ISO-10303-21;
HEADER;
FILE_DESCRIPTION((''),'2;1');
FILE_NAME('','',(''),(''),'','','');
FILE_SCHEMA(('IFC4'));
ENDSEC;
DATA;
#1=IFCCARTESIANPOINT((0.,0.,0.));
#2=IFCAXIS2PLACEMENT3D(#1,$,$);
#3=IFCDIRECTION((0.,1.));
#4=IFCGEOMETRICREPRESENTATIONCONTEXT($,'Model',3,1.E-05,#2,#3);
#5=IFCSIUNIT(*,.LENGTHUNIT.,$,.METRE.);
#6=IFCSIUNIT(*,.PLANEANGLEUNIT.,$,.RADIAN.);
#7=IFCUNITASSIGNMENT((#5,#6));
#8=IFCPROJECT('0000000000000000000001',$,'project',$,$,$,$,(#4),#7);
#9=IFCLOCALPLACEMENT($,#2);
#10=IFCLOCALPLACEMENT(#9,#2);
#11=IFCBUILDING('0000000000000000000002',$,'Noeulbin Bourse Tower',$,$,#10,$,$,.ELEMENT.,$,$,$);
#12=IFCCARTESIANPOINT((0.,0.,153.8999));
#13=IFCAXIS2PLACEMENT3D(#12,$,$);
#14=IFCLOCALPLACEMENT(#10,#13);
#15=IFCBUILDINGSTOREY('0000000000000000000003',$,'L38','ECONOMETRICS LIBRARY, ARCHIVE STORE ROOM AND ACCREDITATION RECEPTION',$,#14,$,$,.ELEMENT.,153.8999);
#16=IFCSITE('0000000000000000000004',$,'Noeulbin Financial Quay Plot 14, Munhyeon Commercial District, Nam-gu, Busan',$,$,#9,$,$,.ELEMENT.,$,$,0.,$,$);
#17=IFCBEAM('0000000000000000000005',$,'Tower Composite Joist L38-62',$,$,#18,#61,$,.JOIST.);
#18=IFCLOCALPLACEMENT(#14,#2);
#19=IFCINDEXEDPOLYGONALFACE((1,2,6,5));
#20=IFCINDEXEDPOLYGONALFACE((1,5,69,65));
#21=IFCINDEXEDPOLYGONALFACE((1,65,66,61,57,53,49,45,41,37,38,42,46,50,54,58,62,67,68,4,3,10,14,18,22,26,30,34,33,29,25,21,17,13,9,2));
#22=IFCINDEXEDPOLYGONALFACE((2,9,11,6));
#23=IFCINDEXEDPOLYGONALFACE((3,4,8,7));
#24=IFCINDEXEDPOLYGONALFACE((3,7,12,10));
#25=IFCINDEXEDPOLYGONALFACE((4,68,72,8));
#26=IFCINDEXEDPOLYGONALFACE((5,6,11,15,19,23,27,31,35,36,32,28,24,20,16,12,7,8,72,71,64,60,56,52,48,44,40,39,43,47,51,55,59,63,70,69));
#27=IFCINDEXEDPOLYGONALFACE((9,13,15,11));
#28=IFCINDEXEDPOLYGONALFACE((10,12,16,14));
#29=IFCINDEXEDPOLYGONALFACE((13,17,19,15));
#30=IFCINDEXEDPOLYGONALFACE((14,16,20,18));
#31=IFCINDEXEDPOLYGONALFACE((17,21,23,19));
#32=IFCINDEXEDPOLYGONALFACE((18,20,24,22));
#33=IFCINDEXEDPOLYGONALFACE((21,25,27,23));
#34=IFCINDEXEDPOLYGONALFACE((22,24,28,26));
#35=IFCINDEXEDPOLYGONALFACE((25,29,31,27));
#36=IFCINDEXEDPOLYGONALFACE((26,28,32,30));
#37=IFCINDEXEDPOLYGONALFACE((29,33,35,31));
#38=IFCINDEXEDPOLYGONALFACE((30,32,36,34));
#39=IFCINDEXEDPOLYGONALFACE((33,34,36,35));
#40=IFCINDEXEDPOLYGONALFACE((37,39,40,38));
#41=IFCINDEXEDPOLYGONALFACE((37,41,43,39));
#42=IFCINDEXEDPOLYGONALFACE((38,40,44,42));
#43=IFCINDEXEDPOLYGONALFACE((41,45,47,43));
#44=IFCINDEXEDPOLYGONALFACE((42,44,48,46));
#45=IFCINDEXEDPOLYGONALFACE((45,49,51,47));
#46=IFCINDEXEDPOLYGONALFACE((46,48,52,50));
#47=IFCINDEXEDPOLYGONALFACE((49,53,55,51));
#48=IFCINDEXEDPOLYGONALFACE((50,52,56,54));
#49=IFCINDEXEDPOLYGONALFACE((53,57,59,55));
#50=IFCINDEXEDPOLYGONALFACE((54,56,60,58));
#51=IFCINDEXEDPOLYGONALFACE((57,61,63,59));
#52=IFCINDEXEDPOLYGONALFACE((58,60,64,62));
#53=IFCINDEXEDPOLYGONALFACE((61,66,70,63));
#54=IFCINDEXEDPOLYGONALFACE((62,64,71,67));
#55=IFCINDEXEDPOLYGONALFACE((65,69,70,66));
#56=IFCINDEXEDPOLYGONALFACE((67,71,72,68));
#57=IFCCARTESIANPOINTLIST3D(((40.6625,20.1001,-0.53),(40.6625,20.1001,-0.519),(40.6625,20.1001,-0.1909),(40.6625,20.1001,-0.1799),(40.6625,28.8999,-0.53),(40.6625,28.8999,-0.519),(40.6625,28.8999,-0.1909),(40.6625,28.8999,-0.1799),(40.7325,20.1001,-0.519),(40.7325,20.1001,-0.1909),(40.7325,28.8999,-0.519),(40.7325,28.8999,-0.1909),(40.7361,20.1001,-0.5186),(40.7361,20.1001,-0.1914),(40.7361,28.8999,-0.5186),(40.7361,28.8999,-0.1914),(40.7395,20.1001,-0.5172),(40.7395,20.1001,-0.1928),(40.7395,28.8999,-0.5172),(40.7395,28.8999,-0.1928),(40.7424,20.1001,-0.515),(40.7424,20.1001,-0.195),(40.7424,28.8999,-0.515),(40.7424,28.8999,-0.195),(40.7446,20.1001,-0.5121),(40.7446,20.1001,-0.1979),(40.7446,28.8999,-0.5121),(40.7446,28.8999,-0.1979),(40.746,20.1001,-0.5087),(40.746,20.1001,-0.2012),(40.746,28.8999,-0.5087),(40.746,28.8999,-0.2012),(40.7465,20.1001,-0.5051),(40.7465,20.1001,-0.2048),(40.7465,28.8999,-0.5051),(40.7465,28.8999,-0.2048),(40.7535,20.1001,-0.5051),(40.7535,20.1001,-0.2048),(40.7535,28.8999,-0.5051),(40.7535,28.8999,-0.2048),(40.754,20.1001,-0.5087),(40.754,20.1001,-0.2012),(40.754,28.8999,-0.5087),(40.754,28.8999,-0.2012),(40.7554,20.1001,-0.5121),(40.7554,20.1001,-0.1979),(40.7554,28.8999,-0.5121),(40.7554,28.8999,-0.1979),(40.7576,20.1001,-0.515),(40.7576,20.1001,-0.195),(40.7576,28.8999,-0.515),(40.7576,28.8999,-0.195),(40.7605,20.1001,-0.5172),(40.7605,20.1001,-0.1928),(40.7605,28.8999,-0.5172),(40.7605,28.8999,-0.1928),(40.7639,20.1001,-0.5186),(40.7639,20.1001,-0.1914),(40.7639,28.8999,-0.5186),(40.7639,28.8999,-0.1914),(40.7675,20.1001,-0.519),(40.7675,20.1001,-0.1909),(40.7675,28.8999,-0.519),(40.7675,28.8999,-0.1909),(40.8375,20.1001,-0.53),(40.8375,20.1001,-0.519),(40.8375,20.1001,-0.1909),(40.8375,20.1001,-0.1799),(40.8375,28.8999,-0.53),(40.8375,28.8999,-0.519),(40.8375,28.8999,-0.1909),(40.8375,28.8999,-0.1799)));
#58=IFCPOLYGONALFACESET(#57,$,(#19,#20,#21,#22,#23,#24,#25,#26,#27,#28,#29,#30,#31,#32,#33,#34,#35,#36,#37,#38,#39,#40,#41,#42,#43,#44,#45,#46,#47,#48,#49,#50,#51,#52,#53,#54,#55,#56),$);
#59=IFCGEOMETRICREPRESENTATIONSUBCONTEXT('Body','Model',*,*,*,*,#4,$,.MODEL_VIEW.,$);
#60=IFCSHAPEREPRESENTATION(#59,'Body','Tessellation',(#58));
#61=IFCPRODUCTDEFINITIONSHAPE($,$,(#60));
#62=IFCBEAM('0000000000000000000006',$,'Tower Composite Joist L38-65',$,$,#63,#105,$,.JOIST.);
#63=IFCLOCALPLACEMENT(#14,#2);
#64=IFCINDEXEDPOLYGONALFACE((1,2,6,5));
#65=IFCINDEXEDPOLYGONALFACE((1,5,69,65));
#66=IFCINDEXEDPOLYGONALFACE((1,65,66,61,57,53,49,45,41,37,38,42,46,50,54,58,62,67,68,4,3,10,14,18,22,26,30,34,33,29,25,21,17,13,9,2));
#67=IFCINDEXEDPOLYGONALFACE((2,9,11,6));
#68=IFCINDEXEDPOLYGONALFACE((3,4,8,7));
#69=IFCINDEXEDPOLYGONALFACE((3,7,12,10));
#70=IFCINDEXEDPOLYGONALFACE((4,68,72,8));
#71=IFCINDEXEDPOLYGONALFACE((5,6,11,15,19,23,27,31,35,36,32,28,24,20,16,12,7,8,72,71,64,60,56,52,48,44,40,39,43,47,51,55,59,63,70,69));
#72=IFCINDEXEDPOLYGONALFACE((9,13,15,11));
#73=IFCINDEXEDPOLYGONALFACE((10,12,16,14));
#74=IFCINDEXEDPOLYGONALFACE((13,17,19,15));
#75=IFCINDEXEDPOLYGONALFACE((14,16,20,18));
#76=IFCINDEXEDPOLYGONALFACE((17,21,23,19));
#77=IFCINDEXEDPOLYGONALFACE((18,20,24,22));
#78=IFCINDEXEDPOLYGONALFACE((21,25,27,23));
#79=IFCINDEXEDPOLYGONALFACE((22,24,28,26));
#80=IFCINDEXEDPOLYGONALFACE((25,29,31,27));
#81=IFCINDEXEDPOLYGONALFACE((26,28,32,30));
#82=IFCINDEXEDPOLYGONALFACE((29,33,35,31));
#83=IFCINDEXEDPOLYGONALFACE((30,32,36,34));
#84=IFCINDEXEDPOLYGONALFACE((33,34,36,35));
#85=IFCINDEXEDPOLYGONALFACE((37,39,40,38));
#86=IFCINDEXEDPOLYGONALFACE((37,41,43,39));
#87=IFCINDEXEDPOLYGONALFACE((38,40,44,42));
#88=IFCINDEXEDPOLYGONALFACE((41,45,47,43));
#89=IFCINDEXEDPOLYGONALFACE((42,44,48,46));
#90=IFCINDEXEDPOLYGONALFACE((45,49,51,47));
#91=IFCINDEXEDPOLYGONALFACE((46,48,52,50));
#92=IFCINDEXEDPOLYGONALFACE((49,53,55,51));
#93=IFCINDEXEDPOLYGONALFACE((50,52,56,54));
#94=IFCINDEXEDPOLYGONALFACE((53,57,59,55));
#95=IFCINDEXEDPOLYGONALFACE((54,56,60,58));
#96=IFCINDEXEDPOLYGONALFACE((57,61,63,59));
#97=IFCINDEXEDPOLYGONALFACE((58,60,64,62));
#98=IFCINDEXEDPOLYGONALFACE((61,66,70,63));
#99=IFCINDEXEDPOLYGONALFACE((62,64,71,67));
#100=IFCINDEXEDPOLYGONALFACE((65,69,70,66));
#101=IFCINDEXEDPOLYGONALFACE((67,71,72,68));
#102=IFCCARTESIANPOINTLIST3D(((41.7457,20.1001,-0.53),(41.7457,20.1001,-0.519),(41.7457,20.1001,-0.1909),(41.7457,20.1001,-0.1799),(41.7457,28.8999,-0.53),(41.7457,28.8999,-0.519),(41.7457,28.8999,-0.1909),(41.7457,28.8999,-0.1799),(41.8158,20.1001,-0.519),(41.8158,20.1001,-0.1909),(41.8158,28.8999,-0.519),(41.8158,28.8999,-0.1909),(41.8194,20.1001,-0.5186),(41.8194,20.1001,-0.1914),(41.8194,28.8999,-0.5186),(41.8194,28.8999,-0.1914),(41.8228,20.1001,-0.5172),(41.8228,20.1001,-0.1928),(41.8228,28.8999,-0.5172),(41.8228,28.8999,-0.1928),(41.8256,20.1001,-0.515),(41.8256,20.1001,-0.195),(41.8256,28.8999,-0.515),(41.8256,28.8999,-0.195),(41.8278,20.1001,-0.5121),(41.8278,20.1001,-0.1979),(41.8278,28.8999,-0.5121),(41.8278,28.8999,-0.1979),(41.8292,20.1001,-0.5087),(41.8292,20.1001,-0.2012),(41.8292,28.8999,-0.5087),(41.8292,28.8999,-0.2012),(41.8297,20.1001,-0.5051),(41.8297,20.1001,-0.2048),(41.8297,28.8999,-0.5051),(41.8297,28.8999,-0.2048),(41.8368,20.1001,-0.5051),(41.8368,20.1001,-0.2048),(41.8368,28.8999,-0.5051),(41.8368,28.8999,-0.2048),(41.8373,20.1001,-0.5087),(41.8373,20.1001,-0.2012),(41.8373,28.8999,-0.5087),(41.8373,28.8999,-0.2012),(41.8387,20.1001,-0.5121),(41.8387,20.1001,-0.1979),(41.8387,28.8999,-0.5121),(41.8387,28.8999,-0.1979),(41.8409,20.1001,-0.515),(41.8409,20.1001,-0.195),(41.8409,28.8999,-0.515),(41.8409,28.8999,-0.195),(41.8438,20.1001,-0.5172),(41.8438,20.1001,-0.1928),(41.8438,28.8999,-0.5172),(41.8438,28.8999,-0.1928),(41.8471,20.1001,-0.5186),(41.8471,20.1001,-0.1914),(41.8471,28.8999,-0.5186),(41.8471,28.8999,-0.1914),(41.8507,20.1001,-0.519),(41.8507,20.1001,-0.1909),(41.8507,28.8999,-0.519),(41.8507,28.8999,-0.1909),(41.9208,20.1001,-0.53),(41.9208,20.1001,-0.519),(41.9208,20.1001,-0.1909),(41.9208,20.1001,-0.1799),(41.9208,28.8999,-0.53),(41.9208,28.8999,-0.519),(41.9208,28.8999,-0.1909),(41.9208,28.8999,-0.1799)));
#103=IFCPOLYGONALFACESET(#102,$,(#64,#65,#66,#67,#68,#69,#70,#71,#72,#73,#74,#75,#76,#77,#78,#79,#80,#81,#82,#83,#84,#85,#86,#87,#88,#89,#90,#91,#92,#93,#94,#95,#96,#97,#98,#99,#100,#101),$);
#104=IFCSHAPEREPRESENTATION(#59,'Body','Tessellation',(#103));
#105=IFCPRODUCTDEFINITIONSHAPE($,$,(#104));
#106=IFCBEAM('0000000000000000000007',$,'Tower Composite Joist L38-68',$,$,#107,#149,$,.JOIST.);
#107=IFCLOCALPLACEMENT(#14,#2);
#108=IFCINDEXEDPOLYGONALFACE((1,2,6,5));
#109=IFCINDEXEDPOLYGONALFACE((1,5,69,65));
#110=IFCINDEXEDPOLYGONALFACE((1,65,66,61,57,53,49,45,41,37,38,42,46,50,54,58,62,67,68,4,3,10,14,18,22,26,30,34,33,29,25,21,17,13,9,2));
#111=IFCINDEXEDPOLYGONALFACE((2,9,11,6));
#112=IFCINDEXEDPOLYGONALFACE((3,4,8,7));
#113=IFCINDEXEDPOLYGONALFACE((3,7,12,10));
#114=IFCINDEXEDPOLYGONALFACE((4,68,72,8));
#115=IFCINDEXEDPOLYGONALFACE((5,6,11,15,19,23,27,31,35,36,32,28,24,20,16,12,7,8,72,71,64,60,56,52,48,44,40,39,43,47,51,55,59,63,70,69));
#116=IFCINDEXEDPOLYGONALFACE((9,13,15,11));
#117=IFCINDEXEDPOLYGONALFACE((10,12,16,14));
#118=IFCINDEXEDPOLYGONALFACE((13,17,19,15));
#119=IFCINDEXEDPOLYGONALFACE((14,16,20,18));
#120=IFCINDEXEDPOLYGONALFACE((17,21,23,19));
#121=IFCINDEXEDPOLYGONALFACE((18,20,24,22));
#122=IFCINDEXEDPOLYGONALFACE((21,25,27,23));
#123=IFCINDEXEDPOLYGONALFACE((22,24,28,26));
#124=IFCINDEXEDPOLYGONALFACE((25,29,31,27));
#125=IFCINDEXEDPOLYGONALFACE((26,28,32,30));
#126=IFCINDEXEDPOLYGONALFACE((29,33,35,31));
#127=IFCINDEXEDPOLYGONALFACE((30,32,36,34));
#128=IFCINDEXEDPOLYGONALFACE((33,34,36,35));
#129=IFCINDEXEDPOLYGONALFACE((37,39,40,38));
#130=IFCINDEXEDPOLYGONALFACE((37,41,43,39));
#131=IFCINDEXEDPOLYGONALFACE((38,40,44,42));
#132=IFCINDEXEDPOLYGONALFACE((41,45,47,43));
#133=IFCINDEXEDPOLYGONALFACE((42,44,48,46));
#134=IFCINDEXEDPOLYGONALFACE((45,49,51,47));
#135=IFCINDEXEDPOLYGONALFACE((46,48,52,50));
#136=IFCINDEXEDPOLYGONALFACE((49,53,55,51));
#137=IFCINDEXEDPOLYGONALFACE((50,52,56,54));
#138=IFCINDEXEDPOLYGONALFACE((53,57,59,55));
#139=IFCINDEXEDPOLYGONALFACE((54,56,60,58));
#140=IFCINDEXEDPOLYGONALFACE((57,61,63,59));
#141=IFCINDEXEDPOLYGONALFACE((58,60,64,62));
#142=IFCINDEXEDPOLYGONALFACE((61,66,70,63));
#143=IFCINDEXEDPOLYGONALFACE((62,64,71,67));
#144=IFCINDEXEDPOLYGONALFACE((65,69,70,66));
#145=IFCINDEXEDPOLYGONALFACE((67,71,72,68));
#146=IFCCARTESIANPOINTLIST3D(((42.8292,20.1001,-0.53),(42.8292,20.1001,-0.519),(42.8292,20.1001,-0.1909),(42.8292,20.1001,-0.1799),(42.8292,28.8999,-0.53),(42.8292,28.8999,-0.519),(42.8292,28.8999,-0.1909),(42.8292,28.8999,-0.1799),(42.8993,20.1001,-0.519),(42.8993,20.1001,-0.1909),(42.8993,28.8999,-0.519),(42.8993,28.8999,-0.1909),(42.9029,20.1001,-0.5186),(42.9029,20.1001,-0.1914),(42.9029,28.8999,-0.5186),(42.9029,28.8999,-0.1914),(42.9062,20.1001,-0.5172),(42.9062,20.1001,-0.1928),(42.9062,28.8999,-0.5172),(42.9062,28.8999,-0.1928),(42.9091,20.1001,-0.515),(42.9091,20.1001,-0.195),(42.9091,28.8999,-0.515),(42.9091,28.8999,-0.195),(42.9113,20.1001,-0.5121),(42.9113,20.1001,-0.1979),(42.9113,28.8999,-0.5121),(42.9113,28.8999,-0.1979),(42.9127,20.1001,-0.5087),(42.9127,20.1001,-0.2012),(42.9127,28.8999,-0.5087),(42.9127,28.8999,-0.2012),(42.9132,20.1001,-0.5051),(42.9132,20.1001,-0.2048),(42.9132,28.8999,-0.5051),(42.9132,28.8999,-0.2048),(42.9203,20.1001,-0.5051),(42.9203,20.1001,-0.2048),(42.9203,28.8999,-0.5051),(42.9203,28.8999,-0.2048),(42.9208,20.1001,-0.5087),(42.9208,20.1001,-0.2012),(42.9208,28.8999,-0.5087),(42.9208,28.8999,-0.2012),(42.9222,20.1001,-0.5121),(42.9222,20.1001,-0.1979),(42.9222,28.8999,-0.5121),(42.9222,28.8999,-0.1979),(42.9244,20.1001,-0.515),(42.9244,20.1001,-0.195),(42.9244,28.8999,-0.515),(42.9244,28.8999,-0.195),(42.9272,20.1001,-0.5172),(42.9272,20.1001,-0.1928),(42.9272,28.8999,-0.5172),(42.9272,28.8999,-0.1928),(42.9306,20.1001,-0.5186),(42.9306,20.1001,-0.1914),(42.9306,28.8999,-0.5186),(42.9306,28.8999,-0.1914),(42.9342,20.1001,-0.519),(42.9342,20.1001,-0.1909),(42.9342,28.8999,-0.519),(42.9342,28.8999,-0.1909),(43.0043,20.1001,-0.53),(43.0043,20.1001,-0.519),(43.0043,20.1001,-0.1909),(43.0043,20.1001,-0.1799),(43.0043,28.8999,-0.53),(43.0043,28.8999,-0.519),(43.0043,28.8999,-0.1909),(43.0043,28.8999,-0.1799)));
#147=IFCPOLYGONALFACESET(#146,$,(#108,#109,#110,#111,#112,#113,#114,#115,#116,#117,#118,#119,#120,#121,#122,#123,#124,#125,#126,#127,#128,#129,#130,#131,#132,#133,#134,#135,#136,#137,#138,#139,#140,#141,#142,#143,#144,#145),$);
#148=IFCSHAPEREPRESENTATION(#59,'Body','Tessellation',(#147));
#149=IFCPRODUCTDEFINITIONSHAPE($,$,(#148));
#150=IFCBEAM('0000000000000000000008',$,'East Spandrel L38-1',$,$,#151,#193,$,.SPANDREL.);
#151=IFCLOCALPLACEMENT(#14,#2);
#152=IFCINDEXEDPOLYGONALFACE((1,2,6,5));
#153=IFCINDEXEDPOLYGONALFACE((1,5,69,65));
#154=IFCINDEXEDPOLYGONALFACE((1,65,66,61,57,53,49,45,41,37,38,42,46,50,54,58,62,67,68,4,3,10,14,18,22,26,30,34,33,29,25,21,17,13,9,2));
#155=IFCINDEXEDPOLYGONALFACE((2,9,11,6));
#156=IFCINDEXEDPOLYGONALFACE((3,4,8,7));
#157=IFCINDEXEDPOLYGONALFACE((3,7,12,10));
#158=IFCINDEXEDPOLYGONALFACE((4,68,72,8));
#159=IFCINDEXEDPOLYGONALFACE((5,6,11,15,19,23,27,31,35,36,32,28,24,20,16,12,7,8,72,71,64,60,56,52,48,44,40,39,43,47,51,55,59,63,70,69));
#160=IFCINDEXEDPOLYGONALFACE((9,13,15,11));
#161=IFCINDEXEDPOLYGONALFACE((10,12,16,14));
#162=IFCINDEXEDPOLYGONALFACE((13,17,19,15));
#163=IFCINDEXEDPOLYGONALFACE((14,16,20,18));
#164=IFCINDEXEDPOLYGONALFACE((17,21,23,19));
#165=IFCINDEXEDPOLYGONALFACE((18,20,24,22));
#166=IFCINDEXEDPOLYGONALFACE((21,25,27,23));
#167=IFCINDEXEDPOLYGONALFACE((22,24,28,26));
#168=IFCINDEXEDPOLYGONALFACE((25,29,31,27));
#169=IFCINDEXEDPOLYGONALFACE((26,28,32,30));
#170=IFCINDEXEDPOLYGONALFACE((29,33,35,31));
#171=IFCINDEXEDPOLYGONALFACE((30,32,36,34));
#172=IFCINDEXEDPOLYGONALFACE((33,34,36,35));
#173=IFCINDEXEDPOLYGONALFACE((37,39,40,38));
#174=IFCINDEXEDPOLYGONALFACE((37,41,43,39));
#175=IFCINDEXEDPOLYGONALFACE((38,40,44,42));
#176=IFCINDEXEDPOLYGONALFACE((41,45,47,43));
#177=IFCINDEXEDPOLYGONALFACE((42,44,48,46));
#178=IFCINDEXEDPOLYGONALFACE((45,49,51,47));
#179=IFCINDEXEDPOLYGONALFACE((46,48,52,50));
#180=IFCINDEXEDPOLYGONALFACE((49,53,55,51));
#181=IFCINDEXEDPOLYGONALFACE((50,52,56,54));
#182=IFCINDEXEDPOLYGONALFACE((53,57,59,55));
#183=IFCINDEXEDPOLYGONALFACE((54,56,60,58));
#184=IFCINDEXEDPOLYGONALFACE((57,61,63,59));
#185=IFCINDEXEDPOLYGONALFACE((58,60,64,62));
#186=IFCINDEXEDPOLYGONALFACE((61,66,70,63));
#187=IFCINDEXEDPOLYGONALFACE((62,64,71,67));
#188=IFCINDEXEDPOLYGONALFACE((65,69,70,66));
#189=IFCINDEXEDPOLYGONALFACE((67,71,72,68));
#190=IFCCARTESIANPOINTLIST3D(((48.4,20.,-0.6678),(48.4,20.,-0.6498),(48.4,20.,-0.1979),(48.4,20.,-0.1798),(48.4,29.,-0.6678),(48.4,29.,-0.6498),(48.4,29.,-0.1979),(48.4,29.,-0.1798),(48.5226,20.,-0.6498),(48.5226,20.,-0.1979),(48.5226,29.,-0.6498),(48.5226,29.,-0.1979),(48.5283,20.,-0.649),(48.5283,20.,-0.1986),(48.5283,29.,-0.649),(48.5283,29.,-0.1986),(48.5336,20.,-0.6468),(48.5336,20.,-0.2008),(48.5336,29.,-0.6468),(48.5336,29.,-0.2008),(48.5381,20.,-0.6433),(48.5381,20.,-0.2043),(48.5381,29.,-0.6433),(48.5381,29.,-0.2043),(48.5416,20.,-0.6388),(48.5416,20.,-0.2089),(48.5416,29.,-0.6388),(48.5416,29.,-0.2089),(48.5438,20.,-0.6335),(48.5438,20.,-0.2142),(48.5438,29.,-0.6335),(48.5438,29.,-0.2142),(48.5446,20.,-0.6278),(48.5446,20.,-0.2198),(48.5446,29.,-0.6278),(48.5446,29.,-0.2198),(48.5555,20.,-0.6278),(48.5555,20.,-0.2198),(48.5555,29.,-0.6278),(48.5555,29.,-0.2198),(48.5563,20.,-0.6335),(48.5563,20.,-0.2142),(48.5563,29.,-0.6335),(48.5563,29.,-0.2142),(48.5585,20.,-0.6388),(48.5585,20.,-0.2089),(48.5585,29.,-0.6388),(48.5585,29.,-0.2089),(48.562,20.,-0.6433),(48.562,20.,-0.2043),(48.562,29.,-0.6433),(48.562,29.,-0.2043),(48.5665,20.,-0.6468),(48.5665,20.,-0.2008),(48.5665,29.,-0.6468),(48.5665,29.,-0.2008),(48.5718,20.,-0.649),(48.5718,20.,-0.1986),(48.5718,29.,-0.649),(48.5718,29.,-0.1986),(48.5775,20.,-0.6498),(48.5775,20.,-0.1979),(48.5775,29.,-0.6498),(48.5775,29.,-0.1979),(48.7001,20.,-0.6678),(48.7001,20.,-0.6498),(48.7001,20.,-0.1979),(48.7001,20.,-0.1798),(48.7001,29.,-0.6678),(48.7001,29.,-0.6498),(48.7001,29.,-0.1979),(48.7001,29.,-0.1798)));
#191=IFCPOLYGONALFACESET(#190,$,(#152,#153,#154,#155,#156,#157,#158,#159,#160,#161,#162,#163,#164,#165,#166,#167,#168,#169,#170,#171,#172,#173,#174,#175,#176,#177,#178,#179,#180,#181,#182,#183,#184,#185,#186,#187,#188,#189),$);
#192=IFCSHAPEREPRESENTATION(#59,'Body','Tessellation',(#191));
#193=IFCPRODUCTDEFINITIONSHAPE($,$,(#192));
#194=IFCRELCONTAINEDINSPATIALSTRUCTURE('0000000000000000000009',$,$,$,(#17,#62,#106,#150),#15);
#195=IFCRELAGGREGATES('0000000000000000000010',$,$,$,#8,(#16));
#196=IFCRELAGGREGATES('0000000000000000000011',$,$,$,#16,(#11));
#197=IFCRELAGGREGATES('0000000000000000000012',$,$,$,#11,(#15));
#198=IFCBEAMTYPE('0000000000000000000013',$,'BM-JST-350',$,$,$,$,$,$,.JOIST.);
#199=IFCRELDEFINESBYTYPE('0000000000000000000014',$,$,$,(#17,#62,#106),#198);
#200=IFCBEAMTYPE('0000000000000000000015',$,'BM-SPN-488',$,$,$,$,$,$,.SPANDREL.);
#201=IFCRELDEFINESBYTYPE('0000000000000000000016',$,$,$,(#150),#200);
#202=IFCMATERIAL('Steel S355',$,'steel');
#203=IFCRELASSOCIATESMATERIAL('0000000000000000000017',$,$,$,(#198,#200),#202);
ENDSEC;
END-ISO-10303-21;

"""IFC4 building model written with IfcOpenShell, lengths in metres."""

from ifc_helpers import new_model, si_unit, direction, frame, origin, origin_2d, place, context, subcontext, project, spatial, i_section, extrude, material, material_profile, profile_set, type_object, element, save


model = new_model("IFC4")

# Units and contexts
model_context = context("Model", 3, precision=1e-05, world=origin(), true_north=direction((0.0, 1.0)))
body_context = subcontext(model_context, "Body", "Model", "MODEL_VIEW")
ifc_project = project(units=[si_unit("LENGTHUNIT", "METRE"), si_unit("PLANEANGLEUNIT", "RADIAN")], contexts=[model_context])

# Site, building, storey
site_placement = place(None, origin())
site = spatial("IfcSite", under=ifc_project, at=site_placement, Name="Noeulbin Financial Quay Plot 14, Munhyeon Commercial District, Nam-gu, Busan", CompositionType="ELEMENT", RefElevation=0.0)
building_placement = place(site_placement, origin())
building = spatial("IfcBuilding", under=site, at=building_placement, Name="Noeulbin Bourse Tower", CompositionType="ELEMENT")
storey_placement = place(building_placement, frame((0.0, 0.0, 153.8999)))
storey = spatial("IfcBuildingStorey", under=building, at=storey_placement, Name="L38", Description="ECONOMETRICS LIBRARY, ARCHIVE STORE ROOM AND ACCREDITATION RECEPTION", CompositionType="ELEMENT", Elevation=153.8999)

# Shared definitions
ifc_material_1 = material(Name="Steel S355", Category="steel")

# Beams
ifc_material_profile_1 = material_profile(ifc_material_1, i_section(OverallWidth=0.175, OverallDepth=0.3501, WebThickness=0.0071, FlangeThickness=0.011, FilletRadius=0.0139, at=origin_2d()), Name="H-350x175x7x11", Category="LoadBearing")
ifc_profile_set_1 = profile_set([ifc_material_profile_1], Name="Steel S355")
beam_type_1 = type_object("IfcBeamType", Name="BM-JST-350", PredefinedType="JOIST", material=ifc_profile_set_1)
for number, where, z_axis, x_axis, name in (
    (1, (40.75, 20.1001, -0.355), (0.0, 1.0, 0.0), (-1.0, 0.0, 0.0), "Tower Composite Joist L38-62"),
    (2, (41.8333, 20.1001, -0.355), (0.0, 1.0, 0.0), (-1.0, 0.0, 0.0), "Tower Composite Joist L38-65"),
    (3, (42.9167, 20.1001, -0.355), (0.0, 1.0, 0.0), (-1.0, 0.0, 0.0), "Tower Composite Joist L38-68"),
):
    element("IfcBeam", number, at=place(storey_placement, frame(where, z_axis=z_axis, x_axis=x_axis)), inside=storey, type_object=beam_type_1, Name=name, PredefinedType="JOIST", context=body_context, shape_type="SweptSolid", body=[
        extrude(i_section(OverallWidth=0.175, OverallDepth=0.3501, WebThickness=0.0071, FlangeThickness=0.011, FilletRadius=0.0139, at=origin_2d()), origin(), (0.0, 0.0, 1.0), 8.7998),
    ])
ifc_material_profile_2 = material_profile(ifc_material_1, i_section(OverallWidth=0.3, OverallDepth=0.488, WebThickness=0.011, FlangeThickness=0.0181, FilletRadius=0.022, at=origin_2d()), Name="H-488x300x11x18", Category="LoadBearing")
ifc_profile_set_2 = profile_set([ifc_material_profile_2], Name="Steel S355")
beam_type_2 = type_object("IfcBeamType", Name="BM-SPN-488", PredefinedType="SPANDREL", material=ifc_profile_set_2)
beam_1_placement = place(storey_placement, frame((48.55, 20.0, -0.4238), z_axis=(0.0, 1.0, 0.0), x_axis=(-1.0, 0.0, 0.0)))
element("IfcBeam", 4, at=beam_1_placement, inside=storey, type_object=beam_type_2, Name="East Spandrel L38-1", PredefinedType="SPANDREL", context=body_context, shape_type="SweptSolid", body=[
    extrude(i_section(OverallWidth=0.3, OverallDepth=0.488, WebThickness=0.011, FlangeThickness=0.0181, FilletRadius=0.022, at=origin_2d()), origin(), (0.0, 0.0, 1.0), 9.0),
])

save(model, "model.ifc")
